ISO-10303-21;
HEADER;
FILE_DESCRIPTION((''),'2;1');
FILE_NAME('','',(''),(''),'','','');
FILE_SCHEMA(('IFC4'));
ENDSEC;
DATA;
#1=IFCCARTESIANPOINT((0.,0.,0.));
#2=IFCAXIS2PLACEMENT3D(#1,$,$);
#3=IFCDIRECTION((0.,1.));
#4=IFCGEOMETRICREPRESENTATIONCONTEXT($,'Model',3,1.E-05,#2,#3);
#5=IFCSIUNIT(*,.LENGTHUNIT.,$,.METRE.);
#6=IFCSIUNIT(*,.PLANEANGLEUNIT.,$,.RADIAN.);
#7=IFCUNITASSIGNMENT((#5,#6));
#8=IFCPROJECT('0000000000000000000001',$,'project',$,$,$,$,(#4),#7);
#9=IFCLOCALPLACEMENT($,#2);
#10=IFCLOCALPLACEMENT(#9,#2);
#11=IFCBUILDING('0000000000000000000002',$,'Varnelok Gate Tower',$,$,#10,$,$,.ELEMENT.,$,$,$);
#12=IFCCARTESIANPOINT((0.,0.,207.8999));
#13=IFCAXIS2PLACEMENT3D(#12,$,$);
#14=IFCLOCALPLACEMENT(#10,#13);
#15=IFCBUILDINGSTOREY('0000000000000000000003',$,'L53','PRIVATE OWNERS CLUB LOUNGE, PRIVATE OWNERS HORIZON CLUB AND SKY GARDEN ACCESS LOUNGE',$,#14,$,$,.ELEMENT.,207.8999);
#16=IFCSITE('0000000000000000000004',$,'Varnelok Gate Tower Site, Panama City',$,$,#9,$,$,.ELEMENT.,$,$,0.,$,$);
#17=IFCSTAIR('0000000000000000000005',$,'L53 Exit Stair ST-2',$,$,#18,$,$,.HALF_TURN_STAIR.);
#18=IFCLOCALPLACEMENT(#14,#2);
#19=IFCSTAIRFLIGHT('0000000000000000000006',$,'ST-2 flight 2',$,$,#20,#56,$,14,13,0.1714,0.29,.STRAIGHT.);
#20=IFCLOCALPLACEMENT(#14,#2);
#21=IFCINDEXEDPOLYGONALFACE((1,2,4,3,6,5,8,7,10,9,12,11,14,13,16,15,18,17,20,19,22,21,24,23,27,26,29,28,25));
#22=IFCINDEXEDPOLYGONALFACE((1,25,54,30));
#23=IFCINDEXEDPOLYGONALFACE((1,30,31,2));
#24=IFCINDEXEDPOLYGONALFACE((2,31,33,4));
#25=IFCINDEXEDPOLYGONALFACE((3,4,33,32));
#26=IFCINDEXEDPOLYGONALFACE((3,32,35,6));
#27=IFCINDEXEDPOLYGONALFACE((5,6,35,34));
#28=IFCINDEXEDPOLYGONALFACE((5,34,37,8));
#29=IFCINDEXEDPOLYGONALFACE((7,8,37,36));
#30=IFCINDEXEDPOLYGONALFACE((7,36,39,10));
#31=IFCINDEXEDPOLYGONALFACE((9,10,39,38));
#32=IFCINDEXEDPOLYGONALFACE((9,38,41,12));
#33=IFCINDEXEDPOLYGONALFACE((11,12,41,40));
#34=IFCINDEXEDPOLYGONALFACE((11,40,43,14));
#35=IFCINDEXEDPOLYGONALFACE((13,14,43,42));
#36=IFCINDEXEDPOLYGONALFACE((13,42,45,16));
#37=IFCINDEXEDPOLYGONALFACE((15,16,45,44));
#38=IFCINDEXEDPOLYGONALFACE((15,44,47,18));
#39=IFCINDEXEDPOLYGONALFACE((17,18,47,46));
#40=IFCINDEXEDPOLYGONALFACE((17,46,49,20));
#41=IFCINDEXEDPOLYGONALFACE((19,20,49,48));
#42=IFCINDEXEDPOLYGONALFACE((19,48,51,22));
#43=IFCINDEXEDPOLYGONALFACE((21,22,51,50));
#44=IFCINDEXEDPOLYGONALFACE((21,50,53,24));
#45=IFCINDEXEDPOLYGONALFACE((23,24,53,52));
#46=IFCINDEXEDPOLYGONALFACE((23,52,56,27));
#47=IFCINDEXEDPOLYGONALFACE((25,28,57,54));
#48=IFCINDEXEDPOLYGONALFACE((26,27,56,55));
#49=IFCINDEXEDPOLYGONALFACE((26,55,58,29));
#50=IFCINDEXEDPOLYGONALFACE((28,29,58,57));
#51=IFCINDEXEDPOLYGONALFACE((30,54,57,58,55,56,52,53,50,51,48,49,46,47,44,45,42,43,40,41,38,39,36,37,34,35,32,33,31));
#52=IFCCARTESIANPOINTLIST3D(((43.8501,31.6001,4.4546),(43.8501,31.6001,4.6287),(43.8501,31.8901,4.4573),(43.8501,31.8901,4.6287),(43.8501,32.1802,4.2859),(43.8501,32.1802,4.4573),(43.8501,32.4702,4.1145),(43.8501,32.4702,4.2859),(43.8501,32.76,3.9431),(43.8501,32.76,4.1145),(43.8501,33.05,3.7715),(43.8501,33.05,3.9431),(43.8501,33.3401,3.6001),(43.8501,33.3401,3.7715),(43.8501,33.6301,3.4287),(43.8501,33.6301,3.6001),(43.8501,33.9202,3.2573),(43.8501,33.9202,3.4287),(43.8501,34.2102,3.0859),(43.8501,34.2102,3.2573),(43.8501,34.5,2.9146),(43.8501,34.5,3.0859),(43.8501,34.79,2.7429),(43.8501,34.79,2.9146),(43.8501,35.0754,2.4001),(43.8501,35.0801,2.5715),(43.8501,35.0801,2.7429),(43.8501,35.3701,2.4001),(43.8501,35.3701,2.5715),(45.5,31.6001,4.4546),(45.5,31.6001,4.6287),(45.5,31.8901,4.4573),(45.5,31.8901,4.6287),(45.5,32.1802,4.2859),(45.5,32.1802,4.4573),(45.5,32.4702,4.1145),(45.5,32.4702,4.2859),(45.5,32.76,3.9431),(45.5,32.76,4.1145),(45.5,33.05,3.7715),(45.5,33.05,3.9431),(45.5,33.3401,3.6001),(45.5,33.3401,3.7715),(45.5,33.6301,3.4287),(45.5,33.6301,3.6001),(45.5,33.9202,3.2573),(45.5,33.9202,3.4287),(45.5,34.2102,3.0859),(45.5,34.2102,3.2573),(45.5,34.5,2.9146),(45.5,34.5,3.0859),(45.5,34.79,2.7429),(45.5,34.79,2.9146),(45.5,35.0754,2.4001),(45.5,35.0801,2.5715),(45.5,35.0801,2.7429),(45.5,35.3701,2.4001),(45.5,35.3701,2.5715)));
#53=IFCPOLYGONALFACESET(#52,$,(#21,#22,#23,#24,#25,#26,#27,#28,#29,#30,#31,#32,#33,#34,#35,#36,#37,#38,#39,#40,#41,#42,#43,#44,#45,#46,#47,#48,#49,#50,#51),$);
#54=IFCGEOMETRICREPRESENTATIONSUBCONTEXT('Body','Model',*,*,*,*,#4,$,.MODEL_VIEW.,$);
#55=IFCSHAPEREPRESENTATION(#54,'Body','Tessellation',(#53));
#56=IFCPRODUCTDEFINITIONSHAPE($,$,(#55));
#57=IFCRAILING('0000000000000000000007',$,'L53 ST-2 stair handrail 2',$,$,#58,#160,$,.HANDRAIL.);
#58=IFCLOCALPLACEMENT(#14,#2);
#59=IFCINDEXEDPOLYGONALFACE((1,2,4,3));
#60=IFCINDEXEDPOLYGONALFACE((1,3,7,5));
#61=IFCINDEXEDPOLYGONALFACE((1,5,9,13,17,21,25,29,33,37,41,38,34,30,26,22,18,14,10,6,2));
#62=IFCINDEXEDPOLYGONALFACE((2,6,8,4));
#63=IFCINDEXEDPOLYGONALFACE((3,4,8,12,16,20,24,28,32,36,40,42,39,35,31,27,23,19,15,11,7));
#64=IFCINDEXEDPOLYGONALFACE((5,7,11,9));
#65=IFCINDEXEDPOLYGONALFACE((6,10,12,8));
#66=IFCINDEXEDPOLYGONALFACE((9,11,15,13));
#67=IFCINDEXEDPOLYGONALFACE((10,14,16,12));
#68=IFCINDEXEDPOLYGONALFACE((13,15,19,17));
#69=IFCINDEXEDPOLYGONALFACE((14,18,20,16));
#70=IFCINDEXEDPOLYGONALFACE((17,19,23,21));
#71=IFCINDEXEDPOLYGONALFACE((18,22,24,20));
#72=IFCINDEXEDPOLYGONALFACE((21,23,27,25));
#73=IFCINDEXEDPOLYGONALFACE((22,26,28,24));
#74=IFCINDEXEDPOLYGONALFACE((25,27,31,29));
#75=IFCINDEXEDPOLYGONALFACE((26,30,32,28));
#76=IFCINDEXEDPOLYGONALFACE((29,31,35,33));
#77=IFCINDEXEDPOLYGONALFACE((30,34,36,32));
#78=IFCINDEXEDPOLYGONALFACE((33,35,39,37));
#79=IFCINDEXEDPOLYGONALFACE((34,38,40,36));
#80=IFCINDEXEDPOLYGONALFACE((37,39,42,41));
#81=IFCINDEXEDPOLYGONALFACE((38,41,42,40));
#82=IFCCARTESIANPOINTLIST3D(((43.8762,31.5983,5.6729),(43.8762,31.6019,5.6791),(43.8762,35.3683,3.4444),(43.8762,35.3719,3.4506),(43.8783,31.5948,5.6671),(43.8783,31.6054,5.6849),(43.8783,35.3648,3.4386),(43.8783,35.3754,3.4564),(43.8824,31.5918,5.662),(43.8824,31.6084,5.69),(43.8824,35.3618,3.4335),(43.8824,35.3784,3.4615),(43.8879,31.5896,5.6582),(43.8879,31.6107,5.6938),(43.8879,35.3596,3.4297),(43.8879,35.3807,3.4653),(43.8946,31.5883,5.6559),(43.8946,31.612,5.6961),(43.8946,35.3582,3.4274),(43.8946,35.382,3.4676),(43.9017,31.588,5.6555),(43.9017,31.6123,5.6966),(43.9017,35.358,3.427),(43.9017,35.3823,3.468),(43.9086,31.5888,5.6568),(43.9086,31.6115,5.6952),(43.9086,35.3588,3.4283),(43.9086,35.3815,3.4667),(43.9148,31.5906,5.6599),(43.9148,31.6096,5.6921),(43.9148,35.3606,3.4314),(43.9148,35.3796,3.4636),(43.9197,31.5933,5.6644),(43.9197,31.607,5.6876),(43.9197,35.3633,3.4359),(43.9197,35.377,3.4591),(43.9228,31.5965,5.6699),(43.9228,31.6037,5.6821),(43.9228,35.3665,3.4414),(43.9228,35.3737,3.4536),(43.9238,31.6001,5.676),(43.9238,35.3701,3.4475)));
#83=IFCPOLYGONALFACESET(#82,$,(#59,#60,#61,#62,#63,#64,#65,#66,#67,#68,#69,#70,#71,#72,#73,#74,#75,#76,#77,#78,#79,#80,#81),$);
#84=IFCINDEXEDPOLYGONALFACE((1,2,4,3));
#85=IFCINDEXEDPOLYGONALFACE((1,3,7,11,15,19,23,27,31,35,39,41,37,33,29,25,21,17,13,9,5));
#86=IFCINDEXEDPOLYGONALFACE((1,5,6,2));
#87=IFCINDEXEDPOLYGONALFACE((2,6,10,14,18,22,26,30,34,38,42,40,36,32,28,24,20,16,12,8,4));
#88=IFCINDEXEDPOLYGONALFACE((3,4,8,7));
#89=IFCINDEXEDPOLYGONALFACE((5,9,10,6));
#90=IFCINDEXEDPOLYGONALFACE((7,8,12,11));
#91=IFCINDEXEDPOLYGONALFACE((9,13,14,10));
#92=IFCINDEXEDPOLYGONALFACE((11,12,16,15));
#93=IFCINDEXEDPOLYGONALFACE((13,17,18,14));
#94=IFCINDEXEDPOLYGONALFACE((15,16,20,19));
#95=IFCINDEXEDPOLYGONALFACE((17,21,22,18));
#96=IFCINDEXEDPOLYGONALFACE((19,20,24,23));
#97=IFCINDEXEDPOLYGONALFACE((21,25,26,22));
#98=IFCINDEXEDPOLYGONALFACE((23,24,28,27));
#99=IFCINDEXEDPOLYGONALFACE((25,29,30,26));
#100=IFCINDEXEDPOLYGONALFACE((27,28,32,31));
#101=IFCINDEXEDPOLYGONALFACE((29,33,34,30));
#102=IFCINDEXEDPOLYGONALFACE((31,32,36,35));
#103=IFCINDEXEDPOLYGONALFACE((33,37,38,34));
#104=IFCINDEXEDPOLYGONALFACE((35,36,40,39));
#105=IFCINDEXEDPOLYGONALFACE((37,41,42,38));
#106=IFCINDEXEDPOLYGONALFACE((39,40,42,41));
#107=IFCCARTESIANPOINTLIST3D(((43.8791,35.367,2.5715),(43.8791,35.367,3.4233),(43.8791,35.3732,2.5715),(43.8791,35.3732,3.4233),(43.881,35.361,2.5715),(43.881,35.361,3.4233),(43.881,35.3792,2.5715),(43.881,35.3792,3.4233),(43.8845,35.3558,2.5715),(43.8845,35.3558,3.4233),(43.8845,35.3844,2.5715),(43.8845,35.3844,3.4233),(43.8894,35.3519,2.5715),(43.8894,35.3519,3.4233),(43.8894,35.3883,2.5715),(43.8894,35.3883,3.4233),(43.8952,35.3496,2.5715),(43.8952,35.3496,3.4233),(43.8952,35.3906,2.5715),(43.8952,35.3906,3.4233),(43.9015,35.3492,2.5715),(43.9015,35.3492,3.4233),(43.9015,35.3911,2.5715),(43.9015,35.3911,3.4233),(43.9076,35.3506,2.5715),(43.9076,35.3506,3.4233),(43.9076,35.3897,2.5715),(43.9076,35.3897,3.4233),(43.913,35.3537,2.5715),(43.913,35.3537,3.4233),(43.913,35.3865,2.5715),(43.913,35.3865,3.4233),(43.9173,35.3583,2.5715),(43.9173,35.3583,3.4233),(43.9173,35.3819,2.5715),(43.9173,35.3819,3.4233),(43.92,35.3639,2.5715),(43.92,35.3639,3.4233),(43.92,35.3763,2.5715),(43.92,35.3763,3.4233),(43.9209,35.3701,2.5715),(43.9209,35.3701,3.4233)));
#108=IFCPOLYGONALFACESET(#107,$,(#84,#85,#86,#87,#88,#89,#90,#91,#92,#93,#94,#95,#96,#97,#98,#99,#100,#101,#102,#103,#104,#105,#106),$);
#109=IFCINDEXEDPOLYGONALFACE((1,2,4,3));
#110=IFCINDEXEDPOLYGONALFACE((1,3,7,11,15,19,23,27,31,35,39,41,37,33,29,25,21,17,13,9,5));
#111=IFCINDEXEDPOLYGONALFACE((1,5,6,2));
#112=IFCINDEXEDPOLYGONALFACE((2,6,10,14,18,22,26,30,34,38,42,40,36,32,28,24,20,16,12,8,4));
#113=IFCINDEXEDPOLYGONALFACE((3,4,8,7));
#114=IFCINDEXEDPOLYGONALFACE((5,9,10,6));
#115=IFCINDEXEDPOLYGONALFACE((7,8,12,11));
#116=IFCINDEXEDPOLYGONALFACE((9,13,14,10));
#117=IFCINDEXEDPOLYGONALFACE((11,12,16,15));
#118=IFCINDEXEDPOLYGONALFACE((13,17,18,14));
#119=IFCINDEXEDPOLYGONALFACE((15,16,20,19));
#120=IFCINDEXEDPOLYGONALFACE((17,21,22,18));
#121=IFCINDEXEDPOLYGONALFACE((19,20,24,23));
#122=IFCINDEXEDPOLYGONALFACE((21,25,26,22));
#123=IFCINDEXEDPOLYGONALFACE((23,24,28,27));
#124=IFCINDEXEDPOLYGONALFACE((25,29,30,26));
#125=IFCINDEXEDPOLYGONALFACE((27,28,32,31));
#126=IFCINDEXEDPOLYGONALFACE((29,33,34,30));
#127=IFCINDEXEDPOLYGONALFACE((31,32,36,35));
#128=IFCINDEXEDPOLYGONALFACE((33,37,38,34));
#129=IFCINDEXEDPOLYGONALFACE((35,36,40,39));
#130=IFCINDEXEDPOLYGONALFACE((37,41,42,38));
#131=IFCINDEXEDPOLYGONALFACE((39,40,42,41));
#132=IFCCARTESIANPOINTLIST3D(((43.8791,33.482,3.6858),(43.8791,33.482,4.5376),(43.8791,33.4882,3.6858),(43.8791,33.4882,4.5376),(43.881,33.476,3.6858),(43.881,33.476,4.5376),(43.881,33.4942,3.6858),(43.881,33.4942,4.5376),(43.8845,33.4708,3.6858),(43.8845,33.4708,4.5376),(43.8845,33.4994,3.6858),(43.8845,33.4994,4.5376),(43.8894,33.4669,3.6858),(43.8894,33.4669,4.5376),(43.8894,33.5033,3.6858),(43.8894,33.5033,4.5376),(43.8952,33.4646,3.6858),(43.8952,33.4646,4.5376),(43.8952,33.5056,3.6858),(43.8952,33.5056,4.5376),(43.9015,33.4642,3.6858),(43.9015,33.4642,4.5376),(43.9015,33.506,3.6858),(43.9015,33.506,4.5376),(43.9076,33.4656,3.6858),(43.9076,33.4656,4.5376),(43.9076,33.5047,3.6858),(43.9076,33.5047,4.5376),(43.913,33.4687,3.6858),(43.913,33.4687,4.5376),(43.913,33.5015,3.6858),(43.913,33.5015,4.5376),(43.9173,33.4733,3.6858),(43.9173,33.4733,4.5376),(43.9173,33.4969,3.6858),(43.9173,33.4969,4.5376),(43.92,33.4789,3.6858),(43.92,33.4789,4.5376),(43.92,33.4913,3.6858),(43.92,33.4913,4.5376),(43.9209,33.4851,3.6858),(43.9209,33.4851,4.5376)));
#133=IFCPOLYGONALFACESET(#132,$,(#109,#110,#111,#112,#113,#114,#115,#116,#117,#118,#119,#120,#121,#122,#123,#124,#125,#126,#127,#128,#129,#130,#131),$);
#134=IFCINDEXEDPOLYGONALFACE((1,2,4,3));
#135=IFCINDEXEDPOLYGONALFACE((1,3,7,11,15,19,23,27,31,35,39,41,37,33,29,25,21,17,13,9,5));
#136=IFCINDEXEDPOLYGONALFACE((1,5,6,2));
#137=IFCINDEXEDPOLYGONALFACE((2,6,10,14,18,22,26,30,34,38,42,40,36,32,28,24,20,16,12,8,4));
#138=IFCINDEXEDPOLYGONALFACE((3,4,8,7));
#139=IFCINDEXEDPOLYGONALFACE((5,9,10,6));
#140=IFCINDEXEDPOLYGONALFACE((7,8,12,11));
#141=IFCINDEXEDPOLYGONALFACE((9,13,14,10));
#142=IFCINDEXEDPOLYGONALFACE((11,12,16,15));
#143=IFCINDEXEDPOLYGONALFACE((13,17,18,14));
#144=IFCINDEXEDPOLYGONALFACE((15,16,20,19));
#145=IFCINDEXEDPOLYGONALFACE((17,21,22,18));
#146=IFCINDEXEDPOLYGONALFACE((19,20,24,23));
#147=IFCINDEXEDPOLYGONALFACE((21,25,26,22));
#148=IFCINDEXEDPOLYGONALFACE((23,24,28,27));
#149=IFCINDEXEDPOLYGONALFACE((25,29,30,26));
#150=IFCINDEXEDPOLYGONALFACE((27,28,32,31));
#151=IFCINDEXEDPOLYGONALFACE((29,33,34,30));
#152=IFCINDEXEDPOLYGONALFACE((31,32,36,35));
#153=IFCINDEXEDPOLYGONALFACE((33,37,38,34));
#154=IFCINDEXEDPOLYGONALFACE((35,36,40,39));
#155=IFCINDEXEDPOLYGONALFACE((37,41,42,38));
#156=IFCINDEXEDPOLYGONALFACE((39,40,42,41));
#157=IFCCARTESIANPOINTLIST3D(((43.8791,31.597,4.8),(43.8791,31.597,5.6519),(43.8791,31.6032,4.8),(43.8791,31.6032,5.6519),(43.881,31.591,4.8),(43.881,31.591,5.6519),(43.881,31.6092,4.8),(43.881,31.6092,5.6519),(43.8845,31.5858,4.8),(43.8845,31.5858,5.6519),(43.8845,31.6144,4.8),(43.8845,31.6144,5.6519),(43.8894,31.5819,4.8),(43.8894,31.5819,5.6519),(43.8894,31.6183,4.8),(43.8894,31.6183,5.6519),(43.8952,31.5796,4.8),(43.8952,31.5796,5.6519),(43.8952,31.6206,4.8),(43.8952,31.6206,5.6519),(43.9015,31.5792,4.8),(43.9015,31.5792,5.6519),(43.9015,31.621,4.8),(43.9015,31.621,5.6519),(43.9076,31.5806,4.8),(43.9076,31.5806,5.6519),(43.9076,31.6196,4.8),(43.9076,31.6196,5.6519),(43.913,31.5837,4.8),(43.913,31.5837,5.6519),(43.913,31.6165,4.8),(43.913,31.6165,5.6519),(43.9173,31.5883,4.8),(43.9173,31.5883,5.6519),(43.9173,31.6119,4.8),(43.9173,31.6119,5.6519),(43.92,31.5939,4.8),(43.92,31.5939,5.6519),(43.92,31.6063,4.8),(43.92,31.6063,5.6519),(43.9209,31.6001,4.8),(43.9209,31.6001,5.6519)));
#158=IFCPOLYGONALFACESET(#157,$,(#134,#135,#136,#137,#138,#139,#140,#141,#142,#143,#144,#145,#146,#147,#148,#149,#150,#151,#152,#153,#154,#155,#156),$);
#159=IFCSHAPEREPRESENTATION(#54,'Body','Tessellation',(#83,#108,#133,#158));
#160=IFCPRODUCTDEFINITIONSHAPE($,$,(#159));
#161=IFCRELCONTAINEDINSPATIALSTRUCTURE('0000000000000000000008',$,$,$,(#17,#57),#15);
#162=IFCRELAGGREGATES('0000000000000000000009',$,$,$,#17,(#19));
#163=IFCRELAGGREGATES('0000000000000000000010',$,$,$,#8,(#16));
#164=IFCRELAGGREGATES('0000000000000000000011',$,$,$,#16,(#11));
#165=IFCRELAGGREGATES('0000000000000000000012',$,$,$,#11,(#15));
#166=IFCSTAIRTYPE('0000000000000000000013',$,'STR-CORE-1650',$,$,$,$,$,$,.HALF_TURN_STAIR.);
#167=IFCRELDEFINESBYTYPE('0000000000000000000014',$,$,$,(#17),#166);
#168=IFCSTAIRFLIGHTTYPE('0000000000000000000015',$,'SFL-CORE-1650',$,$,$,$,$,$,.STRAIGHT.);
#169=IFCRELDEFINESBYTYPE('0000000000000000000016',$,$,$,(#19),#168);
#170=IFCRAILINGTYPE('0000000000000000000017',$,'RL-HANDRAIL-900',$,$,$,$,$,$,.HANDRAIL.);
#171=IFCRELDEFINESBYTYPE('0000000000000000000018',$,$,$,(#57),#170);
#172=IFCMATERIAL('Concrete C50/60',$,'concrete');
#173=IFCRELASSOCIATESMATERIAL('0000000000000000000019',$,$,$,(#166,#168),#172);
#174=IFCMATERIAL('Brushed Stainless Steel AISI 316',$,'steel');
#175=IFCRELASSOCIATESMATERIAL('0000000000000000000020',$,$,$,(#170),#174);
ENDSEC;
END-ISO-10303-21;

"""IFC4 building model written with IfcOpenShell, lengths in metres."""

from ifc_helpers import new_model, si_unit, direction, frame, origin, origin_2d, place, context, subcontext, project, spatial, polyline, circle, outline, extrude, material, type_object, element, aggregate, save


model = new_model("IFC4")

# Units and contexts
model_context = context("Model", 3, precision=1e-05, world=origin(), true_north=direction((0.0, 1.0)))
body_context = subcontext(model_context, "Body", "Model", "MODEL_VIEW")
ifc_project = project(units=[si_unit("LENGTHUNIT", "METRE"), si_unit("PLANEANGLEUNIT", "RADIAN")], contexts=[model_context])

# Site, building, storey
site_placement = place(None, origin())
site = spatial("IfcSite", under=ifc_project, at=site_placement, Name="Varnelok Gate Tower Site, Panama City", CompositionType="ELEMENT", RefElevation=0.0)
building_placement = place(site_placement, origin())
building = spatial("IfcBuilding", under=site, at=building_placement, Name="Varnelok Gate Tower", CompositionType="ELEMENT")
storey_placement = place(building_placement, frame((0.0, 0.0, 207.8999)))
storey = spatial("IfcBuildingStorey", under=building, at=storey_placement, Name="L53", Description="PRIVATE OWNERS CLUB LOUNGE, PRIVATE OWNERS HORIZON CLUB AND SKY GARDEN ACCESS LOUNGE", CompositionType="ELEMENT", Elevation=207.8999)

# Stair, stair flight
ifc_material_1 = material(Name="Concrete C50/60", Category="concrete")
stair_type = type_object("IfcStairType", Name="STR-CORE-1650", PredefinedType="HALF_TURN_STAIR", material=ifc_material_1)
stair_placement = place(storey_placement, origin())
stair = element("IfcStair", 1, at=stair_placement, inside=storey, type_object=stair_type, Name="L53 Exit Stair ST-2", PredefinedType="HALF_TURN_STAIR")
stair_flight_type = type_object("IfcStairFlightType", Name="SFL-CORE-1650", PredefinedType="STRAIGHT", material=ifc_material_1)
stair_flight_placement = place(storey_placement, frame((44.675, 35.3701, 2.4001), z_axis=(0.0, 0.0, 1.0), x_axis=(0.0, -1.0, 0.0)))
stair_flight = element("IfcStairFlight", 2, at=stair_flight_placement, type_object=stair_flight_type, Name="ST-2 flight 2", NumberOfRisers=14, NumberOfTreads=13, PredefinedType="STRAIGHT", RiserHeight=0.1714, TreadLength=0.29, context=body_context, shape_type="SweptSolid", body=[
    extrude(outline(polyline([(0.0, 0.0), (0.0, 0.1714), (0.29, 0.1714), (0.29, 0.3428), (0.5801, 0.3428), (0.5801, 0.5144), (0.8701, 0.5144), (0.8701, 0.6858), (1.1599, 0.6858), (1.1599, 0.8572), (1.45, 0.8572), (1.45, 1.0286), (1.74, 1.0286), (1.74, 1.2), (2.03, 1.2), (2.03, 1.3713), (2.3201, 1.3713), (2.3201, 1.543), (2.6101, 1.543), (2.6101, 1.7144), (2.8999, 1.7144), (2.8999, 1.8857), (3.1899, 1.8857), (3.1899, 2.0571), (3.48, 2.0571), (3.48, 2.2285), (3.77, 2.2285), (3.77, 2.3999), (3.77, 2.0544), (0.2947, 0.0), (0.0, 0.0)])), frame((0.0, 0.825, 0.0), z_axis=(0.0, -1.0, 0.0), x_axis=(1.0, 0.0, 0.0)), (0.0, 0.0, 1.0), 1.6499),
])
aggregate(stair, [stair_flight])

# Railing
ifc_material_2 = material(Name="Brushed Stainless Steel AISI 316", Category="steel")
railing_type_1 = type_object("IfcRailingType", Name="RL-HANDRAIL-900", PredefinedType="HANDRAIL", material=ifc_material_2)
railing_1_placement = place(storey_placement, frame((43.8999, 35.3701, 2.5715)))
element("IfcRailing", 3, at=railing_1_placement, inside=storey, type_object=railing_type_1, Name="L53 ST-2 stair handrail 2", PredefinedType="HANDRAIL", context=body_context, shape_type="SweptSolid", body=[
    extrude(circle(Radius=0.0239, at=origin_2d()), frame((0.0, 0.0, 0.876), z_axis=(0.0, -0.860849, 0.508861), x_axis=(1.0, 0.0, 0.0)), (0.0, 0.0, 1.0), 4.3794),
    extrude(circle(Radius=0.021, at=origin_2d()), origin(), (0.0, 0.0, 1.0), 0.8518),
    extrude(circle(Radius=0.021, at=origin_2d()), frame((0.0, -1.885, 1.1143)), (0.0, 0.0, 1.0), 0.8518),
    extrude(circle(Radius=0.021, at=origin_2d()), frame((0.0, -3.77, 2.2285)), (0.0, 0.0, 1.0), 0.8518),
])

save(model, "model.ifc")
